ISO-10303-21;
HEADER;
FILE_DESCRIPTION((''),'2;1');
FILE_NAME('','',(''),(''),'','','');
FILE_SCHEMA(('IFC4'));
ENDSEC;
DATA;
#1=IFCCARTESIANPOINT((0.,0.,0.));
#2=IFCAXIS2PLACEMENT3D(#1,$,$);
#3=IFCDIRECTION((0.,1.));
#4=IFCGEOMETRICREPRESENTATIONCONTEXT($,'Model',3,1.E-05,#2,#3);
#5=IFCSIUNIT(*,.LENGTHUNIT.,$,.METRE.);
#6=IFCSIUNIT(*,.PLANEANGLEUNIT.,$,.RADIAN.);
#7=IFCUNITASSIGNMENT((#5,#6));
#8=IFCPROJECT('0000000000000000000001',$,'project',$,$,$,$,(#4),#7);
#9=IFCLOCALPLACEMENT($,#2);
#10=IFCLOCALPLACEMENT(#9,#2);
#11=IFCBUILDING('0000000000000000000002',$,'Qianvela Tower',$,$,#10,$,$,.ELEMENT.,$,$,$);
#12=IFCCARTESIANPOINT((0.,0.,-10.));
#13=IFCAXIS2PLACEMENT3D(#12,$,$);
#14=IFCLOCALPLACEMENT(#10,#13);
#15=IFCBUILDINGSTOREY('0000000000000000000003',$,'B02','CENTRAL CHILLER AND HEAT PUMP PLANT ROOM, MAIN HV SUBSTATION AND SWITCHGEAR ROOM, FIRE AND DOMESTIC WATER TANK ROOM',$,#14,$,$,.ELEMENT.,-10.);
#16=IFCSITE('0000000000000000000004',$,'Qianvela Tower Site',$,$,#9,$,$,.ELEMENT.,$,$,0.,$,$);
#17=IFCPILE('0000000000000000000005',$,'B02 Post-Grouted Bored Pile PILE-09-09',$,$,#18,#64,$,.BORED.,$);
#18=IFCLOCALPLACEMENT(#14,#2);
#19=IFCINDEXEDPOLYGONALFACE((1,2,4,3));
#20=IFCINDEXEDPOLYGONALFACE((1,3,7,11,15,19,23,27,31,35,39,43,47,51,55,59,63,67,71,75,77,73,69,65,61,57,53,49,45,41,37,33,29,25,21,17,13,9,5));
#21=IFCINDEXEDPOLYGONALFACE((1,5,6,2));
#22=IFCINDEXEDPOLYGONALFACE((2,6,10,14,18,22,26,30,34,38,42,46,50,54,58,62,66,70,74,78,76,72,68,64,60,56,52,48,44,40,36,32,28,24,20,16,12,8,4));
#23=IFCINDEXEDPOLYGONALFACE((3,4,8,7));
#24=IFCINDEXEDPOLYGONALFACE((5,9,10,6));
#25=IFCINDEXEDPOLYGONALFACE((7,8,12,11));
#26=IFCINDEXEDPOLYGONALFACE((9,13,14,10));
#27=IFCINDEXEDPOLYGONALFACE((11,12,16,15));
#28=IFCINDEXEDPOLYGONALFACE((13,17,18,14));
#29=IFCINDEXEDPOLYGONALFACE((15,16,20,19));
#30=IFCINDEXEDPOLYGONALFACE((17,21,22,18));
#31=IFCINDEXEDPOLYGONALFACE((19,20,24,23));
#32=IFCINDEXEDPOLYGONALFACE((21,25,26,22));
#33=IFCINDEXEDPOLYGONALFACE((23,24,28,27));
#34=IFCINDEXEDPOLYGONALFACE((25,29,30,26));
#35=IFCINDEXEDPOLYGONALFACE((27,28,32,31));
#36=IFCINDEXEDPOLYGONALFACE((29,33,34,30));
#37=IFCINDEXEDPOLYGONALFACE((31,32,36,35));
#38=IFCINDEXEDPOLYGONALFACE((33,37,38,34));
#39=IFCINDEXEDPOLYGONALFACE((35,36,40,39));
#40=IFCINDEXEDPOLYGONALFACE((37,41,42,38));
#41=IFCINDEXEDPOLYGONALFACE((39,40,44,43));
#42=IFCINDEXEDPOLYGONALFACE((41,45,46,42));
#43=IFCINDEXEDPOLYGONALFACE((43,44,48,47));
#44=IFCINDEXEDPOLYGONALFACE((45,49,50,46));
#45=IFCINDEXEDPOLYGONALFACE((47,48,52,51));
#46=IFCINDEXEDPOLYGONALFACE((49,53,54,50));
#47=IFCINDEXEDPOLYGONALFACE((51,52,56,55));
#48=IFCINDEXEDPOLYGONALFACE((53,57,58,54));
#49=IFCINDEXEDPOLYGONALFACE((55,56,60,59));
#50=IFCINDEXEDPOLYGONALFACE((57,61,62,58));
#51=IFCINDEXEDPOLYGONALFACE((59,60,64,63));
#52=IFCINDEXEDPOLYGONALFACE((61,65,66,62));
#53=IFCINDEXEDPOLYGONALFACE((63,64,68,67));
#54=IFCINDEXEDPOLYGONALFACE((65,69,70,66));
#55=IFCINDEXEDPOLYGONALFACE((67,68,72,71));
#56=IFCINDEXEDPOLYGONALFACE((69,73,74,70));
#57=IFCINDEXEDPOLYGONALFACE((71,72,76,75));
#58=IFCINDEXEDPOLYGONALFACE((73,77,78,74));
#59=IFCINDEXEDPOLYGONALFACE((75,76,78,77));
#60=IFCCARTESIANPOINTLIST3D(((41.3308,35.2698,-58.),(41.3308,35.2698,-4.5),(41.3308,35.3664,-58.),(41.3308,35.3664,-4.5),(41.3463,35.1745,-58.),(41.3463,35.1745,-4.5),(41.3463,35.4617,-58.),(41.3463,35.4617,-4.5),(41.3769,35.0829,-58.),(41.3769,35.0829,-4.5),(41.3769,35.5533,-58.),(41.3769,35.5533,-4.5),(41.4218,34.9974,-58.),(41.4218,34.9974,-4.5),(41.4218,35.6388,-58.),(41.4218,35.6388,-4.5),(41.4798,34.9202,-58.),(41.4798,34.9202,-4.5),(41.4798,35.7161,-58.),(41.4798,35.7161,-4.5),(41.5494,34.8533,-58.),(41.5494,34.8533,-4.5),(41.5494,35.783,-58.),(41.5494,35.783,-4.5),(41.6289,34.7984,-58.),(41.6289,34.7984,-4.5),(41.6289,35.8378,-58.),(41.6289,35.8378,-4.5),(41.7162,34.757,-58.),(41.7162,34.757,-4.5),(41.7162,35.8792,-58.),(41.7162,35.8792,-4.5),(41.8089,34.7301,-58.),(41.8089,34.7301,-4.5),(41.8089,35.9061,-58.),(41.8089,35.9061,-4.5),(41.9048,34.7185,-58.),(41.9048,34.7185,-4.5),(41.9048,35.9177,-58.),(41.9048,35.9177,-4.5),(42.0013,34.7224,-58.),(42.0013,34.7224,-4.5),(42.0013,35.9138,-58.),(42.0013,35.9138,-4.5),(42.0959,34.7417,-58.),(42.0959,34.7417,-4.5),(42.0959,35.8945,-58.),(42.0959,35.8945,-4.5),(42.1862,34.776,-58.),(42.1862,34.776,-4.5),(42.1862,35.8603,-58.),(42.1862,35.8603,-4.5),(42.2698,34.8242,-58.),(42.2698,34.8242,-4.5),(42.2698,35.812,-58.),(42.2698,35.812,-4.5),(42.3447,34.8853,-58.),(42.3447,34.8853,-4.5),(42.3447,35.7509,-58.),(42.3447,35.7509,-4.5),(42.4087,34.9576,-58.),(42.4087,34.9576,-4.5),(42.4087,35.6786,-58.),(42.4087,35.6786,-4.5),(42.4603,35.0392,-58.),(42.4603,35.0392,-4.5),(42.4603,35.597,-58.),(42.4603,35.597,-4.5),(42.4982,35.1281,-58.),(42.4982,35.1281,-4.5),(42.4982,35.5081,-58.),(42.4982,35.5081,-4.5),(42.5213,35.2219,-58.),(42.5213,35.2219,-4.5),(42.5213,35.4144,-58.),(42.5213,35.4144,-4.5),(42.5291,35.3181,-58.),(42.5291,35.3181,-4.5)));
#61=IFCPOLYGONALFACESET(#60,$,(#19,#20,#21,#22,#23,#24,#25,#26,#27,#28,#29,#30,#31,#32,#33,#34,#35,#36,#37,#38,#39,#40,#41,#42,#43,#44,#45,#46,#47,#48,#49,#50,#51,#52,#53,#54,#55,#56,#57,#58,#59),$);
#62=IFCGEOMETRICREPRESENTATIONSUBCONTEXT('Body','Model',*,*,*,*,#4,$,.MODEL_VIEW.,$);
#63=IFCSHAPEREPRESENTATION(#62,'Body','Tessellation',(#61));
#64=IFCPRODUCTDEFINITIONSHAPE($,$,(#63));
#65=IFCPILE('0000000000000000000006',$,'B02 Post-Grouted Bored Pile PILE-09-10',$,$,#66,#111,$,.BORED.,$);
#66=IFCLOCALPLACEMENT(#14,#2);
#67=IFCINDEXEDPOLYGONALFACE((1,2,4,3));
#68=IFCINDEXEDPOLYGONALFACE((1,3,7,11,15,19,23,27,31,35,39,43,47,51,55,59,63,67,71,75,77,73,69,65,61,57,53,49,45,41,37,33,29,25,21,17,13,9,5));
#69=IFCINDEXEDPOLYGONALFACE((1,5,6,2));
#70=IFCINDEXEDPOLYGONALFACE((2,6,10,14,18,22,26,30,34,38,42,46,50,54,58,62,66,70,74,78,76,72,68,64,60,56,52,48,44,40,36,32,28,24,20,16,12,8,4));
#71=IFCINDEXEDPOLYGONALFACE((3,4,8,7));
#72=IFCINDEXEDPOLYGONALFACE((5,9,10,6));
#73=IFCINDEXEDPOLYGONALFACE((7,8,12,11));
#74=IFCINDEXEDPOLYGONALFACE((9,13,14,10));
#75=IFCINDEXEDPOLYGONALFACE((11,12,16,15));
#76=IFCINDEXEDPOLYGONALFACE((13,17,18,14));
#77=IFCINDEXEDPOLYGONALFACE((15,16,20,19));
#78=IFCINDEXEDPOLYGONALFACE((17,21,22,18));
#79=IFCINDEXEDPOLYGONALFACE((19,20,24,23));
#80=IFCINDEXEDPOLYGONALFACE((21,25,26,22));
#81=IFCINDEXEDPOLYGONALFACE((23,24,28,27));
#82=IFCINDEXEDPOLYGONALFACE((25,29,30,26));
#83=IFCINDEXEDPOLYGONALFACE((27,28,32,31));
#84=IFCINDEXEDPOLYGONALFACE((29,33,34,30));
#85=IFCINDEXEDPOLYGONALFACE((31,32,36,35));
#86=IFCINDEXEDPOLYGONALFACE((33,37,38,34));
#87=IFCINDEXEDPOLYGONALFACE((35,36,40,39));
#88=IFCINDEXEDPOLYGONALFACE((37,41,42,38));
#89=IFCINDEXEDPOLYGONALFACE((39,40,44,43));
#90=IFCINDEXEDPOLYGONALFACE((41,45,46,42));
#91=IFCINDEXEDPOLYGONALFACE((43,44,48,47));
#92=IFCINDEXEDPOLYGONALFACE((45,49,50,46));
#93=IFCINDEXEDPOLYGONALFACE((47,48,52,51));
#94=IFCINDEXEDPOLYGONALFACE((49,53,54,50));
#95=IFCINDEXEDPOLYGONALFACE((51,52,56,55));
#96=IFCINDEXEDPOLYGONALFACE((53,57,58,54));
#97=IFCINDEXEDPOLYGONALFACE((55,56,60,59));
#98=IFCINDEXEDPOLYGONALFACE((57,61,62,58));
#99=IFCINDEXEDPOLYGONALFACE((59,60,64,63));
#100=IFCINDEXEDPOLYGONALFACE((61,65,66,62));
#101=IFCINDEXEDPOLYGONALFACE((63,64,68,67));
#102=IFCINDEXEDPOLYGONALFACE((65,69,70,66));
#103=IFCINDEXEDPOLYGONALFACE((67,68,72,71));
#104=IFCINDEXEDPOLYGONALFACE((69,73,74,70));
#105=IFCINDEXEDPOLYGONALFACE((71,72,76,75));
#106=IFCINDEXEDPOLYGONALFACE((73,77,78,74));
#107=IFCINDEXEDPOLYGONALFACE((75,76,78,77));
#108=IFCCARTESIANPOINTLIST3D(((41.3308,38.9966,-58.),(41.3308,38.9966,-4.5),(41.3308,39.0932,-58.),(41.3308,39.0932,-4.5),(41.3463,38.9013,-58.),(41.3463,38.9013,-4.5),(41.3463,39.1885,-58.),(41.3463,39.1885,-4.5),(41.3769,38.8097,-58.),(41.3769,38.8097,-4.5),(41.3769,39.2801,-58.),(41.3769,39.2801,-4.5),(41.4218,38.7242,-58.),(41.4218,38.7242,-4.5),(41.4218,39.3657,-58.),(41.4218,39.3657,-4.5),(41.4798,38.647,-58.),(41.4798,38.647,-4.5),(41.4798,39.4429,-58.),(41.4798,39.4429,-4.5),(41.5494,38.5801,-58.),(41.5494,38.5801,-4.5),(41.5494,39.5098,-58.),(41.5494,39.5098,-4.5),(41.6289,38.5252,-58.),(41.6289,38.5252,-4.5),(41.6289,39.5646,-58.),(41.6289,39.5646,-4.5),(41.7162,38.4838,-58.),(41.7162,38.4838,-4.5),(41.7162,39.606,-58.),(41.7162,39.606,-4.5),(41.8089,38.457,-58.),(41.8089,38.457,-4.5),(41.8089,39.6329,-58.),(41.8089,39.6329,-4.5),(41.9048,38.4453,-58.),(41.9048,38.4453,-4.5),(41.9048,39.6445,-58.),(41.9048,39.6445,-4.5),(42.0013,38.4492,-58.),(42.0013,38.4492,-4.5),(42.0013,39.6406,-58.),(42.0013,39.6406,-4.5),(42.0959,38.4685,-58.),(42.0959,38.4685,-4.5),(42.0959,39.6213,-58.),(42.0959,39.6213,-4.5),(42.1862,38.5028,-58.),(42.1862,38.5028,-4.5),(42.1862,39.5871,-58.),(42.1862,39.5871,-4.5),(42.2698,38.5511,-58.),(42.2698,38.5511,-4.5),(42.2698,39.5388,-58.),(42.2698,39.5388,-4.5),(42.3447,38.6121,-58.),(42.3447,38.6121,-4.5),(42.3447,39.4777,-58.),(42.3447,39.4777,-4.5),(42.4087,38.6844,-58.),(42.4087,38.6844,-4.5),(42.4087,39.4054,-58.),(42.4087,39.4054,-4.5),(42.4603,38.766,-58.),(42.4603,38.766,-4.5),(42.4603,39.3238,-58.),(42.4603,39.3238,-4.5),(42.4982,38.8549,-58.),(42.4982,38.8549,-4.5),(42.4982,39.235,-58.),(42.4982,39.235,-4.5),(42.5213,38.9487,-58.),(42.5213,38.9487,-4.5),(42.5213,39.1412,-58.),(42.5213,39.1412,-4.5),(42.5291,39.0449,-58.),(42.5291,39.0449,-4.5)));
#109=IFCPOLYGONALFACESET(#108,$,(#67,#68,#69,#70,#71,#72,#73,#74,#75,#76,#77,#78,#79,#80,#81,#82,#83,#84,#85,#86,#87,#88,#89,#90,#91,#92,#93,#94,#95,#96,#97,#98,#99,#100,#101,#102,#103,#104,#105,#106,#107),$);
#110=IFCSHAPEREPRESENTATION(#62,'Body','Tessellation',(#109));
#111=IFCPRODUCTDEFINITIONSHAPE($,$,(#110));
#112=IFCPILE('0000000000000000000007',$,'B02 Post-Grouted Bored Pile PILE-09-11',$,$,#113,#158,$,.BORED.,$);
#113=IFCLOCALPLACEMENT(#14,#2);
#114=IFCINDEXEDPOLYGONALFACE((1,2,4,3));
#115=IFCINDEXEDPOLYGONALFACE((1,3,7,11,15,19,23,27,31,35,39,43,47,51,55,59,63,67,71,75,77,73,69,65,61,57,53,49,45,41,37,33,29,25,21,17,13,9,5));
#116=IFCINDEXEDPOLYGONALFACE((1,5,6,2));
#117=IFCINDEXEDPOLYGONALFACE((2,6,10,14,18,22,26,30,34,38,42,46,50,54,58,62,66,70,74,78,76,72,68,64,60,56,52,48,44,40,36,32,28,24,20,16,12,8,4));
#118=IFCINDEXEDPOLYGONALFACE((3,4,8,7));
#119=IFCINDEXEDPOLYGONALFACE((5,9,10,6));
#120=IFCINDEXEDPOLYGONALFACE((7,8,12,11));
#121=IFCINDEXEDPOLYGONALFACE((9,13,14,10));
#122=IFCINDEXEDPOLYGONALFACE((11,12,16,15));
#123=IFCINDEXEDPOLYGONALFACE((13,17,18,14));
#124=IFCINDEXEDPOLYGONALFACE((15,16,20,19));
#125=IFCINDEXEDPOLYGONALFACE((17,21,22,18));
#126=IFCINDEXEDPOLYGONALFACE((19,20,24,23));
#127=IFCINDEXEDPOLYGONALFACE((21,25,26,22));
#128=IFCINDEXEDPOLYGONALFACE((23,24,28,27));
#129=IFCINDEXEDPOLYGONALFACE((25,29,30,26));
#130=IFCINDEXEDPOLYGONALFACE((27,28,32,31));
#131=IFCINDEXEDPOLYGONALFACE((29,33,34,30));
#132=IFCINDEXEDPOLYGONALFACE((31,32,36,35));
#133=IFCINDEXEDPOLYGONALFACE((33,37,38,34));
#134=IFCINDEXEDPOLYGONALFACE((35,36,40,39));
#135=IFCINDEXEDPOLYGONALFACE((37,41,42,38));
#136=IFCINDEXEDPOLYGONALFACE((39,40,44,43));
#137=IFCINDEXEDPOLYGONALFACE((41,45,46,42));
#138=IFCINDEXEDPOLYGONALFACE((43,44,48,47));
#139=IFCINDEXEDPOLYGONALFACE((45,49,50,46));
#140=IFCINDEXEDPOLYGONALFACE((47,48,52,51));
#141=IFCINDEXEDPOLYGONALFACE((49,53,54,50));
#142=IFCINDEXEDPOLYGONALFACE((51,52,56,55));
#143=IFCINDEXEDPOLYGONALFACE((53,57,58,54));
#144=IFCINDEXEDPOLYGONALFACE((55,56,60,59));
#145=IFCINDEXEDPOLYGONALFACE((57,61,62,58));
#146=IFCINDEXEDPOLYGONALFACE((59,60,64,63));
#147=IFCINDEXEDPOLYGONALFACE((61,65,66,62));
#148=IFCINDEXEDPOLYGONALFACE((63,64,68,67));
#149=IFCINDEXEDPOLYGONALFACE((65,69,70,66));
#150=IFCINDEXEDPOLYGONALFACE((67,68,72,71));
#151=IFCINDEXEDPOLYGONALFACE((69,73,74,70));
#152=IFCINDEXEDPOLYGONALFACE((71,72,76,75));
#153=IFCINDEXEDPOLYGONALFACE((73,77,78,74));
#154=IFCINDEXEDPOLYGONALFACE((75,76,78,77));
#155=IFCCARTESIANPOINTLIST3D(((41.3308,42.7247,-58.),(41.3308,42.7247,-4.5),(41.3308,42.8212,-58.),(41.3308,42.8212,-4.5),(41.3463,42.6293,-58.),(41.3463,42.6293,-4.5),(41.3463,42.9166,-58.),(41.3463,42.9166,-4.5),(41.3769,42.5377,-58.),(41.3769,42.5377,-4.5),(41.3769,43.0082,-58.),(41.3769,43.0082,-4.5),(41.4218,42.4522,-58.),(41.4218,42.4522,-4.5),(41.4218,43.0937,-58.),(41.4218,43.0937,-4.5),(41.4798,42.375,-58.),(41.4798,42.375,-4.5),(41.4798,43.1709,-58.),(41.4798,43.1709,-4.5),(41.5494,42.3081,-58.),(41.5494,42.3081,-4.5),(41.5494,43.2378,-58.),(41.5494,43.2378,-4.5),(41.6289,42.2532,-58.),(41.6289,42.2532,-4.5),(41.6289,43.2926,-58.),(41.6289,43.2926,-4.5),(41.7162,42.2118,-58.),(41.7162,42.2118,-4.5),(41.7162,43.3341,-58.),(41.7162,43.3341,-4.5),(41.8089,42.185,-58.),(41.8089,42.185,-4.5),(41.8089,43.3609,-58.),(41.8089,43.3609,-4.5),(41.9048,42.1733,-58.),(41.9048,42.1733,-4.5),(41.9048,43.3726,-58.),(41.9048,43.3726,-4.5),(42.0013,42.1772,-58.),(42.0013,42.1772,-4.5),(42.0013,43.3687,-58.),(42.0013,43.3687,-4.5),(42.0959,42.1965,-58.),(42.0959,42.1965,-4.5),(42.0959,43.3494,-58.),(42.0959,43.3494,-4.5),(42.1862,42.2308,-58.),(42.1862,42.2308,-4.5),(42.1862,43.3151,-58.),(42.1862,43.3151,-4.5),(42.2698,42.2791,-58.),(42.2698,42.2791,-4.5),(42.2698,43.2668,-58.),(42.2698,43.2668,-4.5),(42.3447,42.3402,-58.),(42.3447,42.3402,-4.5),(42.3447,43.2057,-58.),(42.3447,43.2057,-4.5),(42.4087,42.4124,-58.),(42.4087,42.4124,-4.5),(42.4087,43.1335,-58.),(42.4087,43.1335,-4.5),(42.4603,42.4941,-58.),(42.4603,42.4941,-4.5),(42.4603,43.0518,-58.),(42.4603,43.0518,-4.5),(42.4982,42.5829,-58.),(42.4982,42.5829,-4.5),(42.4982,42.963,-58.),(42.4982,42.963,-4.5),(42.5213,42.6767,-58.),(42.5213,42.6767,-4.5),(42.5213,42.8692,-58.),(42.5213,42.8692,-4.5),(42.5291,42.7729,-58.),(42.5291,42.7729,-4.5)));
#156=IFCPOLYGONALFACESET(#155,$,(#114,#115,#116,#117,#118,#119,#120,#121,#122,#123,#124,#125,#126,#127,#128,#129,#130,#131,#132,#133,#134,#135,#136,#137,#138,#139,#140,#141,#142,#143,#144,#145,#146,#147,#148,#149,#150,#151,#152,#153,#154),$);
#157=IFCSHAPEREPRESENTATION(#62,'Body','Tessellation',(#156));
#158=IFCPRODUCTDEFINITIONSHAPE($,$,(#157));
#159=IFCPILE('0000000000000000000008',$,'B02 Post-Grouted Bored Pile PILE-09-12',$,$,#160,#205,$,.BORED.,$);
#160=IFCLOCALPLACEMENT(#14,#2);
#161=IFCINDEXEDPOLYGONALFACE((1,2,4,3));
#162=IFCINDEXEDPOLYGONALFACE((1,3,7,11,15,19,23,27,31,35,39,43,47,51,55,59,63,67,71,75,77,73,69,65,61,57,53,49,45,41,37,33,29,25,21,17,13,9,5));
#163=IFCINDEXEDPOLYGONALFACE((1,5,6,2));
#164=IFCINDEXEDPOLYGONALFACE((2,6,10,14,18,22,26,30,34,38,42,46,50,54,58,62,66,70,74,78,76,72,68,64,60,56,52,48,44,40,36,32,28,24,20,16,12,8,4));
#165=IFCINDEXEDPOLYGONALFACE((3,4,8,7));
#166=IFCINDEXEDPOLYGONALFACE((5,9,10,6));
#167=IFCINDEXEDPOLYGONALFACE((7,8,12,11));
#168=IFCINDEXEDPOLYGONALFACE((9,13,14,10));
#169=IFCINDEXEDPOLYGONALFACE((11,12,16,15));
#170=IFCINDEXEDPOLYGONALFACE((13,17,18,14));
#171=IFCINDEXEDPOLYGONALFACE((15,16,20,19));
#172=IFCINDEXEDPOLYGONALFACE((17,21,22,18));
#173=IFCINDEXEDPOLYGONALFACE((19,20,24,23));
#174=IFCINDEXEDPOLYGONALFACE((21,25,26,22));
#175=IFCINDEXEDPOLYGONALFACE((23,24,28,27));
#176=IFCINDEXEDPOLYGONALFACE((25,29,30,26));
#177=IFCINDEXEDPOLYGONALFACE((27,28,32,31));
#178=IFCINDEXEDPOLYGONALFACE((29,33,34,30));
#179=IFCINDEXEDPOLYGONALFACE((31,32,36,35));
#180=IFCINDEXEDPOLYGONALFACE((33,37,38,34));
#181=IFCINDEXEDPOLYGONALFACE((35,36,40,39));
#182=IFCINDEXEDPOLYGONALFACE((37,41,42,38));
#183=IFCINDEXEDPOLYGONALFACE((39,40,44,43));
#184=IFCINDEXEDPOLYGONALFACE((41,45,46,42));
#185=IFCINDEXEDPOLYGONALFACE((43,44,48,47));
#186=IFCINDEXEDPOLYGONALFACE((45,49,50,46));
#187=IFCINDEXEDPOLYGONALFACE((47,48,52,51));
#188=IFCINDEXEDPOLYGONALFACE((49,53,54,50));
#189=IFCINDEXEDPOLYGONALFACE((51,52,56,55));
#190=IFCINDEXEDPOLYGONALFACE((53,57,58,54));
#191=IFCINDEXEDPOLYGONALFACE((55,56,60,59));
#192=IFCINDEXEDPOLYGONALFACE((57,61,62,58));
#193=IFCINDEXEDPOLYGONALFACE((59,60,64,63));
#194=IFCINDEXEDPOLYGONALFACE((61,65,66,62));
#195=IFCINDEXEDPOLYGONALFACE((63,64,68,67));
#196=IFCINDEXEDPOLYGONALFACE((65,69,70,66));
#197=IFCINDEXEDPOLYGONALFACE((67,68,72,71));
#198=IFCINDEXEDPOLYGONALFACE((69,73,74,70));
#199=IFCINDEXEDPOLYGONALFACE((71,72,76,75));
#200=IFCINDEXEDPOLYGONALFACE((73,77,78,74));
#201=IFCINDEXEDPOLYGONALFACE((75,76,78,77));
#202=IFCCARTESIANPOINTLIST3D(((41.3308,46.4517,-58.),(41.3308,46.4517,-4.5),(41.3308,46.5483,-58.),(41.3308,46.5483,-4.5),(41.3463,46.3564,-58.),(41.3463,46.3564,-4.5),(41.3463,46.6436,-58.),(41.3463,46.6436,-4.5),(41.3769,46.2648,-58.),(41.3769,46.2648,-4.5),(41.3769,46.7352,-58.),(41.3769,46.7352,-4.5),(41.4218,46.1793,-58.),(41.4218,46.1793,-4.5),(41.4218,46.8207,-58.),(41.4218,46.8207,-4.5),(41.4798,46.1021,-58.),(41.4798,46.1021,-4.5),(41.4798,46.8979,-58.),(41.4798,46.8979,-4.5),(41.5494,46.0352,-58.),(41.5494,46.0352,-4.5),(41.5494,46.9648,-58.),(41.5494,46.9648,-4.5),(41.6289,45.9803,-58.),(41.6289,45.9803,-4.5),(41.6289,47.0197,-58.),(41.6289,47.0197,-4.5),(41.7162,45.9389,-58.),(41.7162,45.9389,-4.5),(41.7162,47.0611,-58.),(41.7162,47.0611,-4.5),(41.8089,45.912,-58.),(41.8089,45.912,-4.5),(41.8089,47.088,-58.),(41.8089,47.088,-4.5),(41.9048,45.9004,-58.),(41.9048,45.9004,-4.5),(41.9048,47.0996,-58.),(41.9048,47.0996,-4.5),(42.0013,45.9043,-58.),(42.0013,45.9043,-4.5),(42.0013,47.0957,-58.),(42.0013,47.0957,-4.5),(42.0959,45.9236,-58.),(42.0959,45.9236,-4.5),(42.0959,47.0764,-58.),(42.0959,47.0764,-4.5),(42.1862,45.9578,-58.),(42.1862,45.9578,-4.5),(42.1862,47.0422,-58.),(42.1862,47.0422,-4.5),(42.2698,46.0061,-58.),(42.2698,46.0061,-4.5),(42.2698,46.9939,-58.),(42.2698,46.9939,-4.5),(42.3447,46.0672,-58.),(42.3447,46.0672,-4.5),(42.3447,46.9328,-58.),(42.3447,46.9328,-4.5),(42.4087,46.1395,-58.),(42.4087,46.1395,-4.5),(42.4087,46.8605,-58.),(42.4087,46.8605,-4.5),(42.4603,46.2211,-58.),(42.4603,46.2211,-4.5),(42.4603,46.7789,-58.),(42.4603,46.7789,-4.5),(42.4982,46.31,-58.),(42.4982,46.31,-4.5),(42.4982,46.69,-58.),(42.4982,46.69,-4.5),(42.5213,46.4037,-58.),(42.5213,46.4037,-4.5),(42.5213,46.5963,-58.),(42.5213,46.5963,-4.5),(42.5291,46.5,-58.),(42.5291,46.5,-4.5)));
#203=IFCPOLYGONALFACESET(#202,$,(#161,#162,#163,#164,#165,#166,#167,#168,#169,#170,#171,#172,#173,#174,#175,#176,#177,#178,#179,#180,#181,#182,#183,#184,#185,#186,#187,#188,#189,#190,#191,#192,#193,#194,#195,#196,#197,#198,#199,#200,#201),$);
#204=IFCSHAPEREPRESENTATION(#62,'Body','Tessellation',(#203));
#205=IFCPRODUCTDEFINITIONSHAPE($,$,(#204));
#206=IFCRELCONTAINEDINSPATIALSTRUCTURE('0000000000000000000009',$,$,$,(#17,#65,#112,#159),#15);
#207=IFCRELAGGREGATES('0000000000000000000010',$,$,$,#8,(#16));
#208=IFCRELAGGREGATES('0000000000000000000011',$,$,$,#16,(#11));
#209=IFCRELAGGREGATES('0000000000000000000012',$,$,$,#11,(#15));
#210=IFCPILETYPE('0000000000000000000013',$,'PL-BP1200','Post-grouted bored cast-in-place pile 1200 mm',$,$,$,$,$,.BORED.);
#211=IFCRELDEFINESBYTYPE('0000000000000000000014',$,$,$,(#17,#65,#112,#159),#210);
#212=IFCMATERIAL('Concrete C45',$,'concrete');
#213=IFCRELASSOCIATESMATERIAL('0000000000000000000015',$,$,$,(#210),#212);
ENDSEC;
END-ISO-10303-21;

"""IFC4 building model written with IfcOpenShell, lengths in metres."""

from ifc_helpers import new_model, si_unit, direction, frame, origin, origin_2d, place, context, subcontext, project, spatial, circle, extrude, material, material_profile, profile_set, type_object, element, save


model = new_model("IFC4")

# Units and contexts
model_context = context("Model", 3, precision=1e-05, world=origin(), true_north=direction((0.0, 1.0)))
body_context = subcontext(model_context, "Body", "Model", "MODEL_VIEW")
ifc_project = project(units=[si_unit("LENGTHUNIT", "METRE"), si_unit("PLANEANGLEUNIT", "RADIAN")], contexts=[model_context])

# Site, building, storey
site_placement = place(None, origin())
site = spatial("IfcSite", under=ifc_project, at=site_placement, Name="Qianvela Tower Site", CompositionType="ELEMENT", RefElevation=0.0)
building_placement = place(site_placement, origin())
building = spatial("IfcBuilding", under=site, at=building_placement, Name="Qianvela Tower", CompositionType="ELEMENT")
storey_placement = place(building_placement, frame((0.0, 0.0, -10.0)))
storey = spatial("IfcBuildingStorey", under=building, at=storey_placement, Name="B02", Description="CENTRAL CHILLER AND HEAT PUMP PLANT ROOM, MAIN HV SUBSTATION AND SWITCHGEAR ROOM, FIRE AND DOMESTIC WATER TANK ROOM", CompositionType="ELEMENT", Elevation=-10.0)

# Piles
ifc_material_1 = material(Name="Concrete C45", Category="concrete")
ifc_material_profile_1 = material_profile(ifc_material_1, circle(Radius=0.6001, at=origin_2d()), Name="BP-1200")
ifc_profile_set_1 = profile_set([ifc_material_profile_1], Name="Concrete C45")
pile_type = type_object("IfcPileType", Name="PL-BP1200", Description="Post-grouted bored cast-in-place pile 1200 mm", PredefinedType="BORED", material=ifc_profile_set_1)
for number, where, z_axis, x_axis, name in (
    (1, (41.929, 35.3181, -4.5), (0.0, 0.0, -1.0), (1.0, 0.0, 0.0), "B02 Post-Grouted Bored Pile PILE-09-09"),
    (2, (41.929, 39.0449, -4.5), (0.0, 0.0, -1.0), (1.0, 0.0, 0.0), "B02 Post-Grouted Bored Pile PILE-09-10"),
    (3, (41.929, 42.7729, -4.5), (0.0, 0.0, -1.0), (1.0, 0.0, 0.0), "B02 Post-Grouted Bored Pile PILE-09-11"),
    (4, (41.929, 46.5, -4.5), (0.0, 0.0, -1.0), (1.0, 0.0, 0.0), "B02 Post-Grouted Bored Pile PILE-09-12"),
):
    element("IfcPile", number, at=place(storey_placement, frame(where, z_axis=z_axis, x_axis=x_axis)), inside=storey, type_object=pile_type, Name=name, PredefinedType="BORED", context=body_context, shape_type="SweptSolid", body=[
        extrude(circle(Radius=0.6001, at=origin_2d()), origin(), (0.0, 0.0, 1.0), 53.5),
    ])

save(model, "model.ifc")
